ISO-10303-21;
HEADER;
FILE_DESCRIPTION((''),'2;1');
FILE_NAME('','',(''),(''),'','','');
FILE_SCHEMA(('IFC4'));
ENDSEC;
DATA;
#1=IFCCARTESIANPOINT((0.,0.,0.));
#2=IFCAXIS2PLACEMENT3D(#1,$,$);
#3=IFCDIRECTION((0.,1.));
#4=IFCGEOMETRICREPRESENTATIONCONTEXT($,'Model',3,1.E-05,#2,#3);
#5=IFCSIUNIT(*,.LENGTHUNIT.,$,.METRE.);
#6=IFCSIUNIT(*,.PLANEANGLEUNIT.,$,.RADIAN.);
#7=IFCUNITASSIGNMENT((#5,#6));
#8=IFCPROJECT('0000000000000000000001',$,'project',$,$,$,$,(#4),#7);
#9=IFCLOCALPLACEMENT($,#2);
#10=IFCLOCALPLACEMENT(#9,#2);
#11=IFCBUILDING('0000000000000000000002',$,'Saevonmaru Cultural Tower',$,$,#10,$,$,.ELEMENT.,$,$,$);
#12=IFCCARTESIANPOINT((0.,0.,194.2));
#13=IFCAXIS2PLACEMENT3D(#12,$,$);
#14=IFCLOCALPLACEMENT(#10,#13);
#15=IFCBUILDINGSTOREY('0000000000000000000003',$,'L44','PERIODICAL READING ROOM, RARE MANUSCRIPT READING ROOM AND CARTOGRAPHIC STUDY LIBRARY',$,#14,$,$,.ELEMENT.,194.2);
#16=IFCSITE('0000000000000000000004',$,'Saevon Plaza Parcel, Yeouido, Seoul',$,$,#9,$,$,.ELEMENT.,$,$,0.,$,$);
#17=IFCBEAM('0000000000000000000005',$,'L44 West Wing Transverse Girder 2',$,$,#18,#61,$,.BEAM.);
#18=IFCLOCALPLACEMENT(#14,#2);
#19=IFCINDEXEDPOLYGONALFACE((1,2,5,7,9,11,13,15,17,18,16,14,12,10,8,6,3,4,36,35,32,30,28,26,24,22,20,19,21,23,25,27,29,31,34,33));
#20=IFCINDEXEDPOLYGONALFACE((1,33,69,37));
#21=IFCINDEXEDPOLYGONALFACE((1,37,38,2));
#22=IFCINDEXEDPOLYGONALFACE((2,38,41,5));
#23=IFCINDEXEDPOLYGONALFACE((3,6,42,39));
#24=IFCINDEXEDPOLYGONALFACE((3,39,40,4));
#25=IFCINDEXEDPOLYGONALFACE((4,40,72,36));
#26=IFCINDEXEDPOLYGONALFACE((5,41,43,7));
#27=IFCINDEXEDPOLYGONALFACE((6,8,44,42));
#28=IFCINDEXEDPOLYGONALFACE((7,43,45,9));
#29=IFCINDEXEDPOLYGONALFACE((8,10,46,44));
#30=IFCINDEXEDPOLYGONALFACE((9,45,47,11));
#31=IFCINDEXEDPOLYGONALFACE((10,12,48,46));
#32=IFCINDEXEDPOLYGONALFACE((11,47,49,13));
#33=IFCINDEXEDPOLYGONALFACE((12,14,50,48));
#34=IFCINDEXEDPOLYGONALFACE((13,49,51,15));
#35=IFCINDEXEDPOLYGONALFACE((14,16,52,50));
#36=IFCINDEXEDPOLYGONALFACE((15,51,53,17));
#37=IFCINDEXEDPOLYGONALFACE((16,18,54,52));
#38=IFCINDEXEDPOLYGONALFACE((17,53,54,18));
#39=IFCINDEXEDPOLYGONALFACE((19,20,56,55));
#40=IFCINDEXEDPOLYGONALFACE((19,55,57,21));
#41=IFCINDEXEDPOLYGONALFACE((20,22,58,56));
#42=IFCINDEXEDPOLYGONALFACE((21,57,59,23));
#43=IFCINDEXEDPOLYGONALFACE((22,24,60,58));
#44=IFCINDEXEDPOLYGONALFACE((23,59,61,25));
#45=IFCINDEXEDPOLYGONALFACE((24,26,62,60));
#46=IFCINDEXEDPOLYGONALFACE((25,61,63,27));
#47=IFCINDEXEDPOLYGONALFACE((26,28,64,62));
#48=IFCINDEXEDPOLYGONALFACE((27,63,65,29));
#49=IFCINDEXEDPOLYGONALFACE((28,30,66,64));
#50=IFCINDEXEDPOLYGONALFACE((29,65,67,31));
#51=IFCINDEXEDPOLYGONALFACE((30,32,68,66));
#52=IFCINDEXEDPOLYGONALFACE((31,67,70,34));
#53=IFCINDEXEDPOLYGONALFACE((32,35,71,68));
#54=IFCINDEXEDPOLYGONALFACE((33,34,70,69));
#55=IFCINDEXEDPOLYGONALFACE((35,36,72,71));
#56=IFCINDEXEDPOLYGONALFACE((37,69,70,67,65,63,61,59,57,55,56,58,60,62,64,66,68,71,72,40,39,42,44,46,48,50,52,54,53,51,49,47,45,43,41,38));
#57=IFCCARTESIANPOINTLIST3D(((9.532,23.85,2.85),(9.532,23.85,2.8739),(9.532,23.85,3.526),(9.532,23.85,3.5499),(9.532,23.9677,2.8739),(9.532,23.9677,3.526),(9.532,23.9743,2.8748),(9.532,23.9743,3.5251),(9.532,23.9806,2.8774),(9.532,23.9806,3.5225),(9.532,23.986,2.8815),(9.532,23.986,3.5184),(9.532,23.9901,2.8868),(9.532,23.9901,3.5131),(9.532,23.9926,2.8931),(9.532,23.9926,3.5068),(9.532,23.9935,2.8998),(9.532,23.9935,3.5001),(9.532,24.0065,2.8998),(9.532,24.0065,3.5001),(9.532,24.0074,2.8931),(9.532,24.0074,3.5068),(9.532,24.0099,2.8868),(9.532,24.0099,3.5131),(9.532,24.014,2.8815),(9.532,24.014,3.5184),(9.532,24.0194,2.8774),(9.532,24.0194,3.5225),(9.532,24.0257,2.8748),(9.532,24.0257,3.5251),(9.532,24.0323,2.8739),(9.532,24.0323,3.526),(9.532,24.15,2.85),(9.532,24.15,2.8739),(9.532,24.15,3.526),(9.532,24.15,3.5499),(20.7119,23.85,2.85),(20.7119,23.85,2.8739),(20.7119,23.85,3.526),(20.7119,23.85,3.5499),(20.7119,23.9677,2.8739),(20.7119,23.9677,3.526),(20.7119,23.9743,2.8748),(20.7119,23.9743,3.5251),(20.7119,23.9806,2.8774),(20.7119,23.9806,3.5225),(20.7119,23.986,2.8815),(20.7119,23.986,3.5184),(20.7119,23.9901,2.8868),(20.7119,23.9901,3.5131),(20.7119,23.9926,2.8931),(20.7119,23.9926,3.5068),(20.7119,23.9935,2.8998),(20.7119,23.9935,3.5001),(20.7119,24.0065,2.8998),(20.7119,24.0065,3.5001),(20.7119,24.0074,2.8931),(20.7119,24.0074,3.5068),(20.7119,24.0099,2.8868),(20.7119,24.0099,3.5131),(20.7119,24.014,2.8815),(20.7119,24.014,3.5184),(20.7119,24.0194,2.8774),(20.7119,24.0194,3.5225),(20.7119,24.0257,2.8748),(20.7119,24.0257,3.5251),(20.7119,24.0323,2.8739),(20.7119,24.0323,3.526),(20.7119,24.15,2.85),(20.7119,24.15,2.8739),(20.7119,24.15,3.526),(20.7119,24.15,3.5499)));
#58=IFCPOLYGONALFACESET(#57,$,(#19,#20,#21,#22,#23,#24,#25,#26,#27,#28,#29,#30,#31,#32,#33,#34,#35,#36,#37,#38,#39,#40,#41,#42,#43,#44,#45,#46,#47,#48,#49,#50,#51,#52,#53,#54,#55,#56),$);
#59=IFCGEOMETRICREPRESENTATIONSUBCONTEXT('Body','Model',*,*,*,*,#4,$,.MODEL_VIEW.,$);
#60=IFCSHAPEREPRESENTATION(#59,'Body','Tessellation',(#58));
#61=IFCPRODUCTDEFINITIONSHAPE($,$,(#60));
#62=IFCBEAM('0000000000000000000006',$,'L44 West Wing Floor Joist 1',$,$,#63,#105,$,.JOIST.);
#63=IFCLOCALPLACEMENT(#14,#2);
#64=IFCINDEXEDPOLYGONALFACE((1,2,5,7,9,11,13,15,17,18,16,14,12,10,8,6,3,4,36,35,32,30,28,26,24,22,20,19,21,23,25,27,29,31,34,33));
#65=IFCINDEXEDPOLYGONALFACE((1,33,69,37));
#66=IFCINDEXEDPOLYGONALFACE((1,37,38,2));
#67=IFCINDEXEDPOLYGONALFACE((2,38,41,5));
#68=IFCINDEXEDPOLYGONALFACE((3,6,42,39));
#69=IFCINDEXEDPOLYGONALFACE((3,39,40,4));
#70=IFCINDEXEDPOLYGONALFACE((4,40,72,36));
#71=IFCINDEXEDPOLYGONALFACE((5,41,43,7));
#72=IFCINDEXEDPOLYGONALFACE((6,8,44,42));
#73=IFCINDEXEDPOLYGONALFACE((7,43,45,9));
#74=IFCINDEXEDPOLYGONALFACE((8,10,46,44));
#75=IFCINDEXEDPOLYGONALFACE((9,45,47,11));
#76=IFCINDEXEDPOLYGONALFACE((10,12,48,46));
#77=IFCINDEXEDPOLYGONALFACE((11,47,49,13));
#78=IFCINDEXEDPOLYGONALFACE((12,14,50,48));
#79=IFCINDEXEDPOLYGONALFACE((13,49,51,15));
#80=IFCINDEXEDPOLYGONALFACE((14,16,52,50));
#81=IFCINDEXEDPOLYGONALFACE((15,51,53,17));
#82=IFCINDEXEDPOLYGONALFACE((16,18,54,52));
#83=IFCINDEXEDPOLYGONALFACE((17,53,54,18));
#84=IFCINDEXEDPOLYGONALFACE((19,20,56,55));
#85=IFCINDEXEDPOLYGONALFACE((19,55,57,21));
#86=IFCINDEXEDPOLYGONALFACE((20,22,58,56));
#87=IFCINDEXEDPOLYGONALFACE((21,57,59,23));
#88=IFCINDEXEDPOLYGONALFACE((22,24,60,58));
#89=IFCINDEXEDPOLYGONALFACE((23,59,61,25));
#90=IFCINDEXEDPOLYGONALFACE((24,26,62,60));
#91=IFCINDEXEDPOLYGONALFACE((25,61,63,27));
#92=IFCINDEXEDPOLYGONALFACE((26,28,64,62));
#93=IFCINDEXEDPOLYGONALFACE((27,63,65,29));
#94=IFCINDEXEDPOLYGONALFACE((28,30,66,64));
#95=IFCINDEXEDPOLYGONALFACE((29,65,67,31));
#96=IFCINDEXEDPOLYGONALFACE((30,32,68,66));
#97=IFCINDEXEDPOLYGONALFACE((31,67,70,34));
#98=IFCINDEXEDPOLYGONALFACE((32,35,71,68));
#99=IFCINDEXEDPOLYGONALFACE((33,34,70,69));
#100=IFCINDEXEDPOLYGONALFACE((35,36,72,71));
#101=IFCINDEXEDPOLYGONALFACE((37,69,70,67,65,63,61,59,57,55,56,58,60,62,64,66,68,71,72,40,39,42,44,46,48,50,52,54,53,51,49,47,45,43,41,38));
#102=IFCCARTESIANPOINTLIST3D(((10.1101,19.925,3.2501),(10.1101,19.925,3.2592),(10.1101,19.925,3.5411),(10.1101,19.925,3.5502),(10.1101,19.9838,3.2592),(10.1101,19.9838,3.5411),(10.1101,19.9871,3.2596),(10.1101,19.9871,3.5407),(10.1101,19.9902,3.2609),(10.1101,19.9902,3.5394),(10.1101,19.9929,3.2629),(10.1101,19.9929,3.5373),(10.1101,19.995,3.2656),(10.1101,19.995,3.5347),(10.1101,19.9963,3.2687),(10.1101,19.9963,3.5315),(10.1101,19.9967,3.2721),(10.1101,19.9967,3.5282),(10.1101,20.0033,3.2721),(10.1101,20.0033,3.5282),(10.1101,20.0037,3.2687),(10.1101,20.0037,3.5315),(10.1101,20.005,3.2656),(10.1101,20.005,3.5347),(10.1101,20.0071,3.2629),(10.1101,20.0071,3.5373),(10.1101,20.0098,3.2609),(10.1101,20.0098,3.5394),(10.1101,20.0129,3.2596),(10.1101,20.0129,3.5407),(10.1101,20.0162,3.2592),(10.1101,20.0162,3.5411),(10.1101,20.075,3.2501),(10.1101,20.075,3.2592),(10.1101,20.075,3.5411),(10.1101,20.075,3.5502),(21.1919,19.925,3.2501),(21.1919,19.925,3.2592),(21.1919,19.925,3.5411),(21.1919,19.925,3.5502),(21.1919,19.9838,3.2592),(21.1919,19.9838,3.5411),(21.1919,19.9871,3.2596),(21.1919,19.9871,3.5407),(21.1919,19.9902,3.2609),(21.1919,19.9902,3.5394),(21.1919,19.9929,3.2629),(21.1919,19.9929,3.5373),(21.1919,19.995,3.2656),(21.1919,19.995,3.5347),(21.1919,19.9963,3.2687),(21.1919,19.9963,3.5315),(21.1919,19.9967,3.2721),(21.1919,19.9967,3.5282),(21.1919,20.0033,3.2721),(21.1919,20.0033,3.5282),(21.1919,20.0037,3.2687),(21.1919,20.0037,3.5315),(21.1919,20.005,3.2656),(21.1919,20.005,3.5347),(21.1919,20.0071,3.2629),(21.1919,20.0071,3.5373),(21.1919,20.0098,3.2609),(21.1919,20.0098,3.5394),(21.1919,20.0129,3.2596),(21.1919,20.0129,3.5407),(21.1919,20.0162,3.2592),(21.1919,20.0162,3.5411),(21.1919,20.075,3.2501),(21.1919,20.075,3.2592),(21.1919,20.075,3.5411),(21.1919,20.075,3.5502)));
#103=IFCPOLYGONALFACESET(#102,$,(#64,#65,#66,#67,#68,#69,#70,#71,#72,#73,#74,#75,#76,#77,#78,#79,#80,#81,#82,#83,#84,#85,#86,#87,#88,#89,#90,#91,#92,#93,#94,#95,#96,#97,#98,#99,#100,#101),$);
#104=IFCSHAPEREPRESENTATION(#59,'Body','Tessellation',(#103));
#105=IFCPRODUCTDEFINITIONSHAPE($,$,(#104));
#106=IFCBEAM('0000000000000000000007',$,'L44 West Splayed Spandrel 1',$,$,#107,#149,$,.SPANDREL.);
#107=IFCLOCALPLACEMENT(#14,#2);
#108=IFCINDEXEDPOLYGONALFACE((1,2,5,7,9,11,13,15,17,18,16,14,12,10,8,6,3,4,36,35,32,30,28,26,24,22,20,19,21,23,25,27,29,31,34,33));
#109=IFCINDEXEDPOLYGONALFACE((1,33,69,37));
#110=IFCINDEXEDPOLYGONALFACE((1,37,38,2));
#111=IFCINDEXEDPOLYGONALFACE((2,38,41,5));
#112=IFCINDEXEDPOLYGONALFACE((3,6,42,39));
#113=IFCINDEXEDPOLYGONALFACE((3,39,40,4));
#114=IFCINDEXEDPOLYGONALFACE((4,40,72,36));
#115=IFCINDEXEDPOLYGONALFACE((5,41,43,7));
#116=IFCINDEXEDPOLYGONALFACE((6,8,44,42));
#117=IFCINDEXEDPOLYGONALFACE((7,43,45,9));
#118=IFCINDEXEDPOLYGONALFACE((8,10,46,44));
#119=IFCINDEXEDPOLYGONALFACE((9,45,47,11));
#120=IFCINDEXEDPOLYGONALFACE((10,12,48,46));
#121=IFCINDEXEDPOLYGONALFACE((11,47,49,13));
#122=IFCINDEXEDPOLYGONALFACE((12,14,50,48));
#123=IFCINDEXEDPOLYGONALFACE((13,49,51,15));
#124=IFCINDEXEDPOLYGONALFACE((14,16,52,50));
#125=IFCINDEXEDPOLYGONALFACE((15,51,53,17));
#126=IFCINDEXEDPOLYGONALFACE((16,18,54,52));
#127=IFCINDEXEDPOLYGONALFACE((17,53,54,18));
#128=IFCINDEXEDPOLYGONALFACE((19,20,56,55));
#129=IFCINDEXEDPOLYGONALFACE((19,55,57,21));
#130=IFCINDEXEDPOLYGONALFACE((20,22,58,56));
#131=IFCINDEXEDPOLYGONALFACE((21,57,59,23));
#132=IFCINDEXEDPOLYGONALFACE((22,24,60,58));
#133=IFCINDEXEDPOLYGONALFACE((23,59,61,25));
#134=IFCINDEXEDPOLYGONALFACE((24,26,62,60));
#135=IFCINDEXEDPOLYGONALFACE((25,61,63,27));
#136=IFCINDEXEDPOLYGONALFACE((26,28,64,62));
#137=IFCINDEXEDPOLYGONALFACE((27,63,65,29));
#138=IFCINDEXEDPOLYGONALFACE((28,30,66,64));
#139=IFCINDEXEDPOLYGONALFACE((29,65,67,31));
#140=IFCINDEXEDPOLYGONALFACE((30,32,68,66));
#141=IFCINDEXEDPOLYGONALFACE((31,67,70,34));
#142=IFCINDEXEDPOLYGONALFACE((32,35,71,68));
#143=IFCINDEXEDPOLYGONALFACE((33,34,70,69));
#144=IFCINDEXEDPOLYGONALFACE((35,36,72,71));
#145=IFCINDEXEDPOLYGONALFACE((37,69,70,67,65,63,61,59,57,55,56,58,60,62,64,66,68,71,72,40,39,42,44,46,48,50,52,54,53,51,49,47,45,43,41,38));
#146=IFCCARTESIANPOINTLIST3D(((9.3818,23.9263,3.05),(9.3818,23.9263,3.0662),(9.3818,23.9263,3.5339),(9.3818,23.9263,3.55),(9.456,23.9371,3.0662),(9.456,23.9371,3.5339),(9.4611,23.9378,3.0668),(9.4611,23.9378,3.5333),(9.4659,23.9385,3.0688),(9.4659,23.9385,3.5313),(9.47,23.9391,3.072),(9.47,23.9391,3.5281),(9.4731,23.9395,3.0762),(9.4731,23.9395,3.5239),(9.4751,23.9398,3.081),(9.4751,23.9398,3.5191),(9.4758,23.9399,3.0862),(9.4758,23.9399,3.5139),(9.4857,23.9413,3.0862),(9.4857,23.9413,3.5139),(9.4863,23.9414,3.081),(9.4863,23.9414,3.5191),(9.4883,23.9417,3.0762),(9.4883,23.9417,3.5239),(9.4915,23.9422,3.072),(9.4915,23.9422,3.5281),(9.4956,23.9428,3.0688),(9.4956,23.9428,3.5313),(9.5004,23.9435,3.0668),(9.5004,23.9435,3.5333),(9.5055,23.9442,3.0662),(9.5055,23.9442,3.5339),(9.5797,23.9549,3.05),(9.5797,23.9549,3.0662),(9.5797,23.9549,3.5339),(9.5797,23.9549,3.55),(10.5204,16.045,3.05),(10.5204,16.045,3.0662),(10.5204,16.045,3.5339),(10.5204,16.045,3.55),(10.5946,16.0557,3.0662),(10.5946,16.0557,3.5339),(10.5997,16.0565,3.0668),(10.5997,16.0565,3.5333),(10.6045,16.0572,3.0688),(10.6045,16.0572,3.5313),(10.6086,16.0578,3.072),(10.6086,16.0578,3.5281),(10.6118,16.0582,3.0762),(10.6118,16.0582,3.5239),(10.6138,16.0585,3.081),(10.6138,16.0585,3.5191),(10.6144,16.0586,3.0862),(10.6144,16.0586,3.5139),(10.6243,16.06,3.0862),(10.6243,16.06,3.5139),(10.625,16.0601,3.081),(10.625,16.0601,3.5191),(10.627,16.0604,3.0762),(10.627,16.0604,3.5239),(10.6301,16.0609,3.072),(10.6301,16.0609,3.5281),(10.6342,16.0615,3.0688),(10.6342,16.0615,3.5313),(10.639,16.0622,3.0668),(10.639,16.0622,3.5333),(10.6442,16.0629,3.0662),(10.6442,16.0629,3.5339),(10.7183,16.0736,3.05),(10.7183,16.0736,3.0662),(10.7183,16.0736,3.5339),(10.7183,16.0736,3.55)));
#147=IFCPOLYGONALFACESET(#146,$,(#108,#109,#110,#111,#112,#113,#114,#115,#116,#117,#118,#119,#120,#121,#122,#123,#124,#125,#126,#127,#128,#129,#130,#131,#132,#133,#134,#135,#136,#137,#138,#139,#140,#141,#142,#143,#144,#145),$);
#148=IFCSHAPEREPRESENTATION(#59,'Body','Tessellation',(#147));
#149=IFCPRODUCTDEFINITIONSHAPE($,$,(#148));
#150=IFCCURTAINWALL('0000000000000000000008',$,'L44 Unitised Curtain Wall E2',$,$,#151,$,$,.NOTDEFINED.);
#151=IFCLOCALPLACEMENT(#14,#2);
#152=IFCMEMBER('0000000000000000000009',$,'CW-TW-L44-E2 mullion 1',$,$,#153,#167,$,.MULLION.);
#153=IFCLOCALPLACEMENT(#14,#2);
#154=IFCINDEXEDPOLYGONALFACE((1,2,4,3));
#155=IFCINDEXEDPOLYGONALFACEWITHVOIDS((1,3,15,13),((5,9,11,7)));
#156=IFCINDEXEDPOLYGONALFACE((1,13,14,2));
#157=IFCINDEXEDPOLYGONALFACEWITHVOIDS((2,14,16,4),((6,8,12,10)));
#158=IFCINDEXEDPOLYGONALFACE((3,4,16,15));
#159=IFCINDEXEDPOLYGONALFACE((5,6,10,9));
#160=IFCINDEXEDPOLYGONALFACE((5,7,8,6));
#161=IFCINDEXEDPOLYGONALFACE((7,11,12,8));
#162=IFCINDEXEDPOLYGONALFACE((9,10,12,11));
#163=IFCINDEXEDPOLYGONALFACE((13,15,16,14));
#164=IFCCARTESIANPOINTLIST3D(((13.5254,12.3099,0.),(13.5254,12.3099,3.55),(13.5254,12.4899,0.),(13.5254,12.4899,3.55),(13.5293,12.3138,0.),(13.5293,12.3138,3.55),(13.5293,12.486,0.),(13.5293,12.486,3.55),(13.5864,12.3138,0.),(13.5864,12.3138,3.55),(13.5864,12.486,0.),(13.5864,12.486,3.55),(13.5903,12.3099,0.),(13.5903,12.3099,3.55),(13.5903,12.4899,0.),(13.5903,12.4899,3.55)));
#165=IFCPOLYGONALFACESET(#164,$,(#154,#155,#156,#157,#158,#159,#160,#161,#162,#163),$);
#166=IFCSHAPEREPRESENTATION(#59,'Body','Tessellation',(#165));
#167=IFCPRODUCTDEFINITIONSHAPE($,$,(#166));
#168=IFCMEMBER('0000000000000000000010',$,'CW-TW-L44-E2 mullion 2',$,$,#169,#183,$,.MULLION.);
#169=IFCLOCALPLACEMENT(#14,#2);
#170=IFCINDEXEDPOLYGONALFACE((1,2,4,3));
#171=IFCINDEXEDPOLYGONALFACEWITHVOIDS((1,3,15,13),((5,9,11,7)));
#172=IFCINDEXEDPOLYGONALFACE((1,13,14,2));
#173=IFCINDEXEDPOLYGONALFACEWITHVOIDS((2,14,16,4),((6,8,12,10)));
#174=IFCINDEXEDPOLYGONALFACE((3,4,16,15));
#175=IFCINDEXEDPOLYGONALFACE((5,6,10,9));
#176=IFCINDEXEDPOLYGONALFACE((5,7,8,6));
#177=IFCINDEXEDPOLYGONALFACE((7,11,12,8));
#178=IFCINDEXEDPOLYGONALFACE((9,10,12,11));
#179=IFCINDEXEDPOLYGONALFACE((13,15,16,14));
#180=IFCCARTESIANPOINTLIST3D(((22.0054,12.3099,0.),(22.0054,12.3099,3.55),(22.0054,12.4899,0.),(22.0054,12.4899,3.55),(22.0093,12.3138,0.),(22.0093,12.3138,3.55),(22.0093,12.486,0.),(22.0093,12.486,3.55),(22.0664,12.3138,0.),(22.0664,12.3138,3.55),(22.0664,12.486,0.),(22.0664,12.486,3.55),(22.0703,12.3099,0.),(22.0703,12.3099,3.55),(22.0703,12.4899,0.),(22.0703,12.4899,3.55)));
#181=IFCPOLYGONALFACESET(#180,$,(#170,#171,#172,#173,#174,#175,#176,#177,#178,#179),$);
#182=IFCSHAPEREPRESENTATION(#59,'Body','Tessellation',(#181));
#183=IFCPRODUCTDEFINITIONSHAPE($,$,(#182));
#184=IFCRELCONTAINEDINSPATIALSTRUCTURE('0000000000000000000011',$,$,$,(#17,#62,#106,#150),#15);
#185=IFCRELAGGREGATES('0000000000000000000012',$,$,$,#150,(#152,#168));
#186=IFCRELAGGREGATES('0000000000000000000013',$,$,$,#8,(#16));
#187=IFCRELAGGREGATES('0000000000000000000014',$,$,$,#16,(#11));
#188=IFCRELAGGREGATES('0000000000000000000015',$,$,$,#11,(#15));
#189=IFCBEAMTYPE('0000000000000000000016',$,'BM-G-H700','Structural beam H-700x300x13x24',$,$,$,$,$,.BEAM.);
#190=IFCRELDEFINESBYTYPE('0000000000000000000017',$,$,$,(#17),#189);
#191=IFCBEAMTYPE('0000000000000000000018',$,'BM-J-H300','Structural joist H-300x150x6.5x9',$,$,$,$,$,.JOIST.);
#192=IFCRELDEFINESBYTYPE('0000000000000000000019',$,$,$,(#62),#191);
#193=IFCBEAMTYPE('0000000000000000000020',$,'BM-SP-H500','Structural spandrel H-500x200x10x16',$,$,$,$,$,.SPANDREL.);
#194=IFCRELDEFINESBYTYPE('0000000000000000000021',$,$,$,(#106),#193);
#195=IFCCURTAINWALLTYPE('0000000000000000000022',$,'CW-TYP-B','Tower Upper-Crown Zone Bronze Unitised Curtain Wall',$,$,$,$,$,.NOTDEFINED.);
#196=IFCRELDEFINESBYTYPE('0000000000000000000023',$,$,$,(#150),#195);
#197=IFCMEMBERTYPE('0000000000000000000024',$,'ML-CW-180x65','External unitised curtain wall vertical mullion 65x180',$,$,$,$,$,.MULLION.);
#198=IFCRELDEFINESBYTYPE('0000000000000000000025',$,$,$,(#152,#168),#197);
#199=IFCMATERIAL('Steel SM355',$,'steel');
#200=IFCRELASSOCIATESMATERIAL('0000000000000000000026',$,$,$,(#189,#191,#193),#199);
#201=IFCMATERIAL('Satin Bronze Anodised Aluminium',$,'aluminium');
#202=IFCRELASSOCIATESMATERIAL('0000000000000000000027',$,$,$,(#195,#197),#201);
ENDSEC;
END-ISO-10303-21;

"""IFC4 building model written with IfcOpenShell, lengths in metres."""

from ifc_helpers import new_model, si_unit, direction, frame, origin, origin_2d, place, context, subcontext, project, spatial, hollow_rectangle, i_section, extrude, material, material_profile, profile_set, type_object, element, aggregate, save


model = new_model("IFC4")

# Units and contexts
model_context = context("Model", 3, precision=1e-05, world=origin(), true_north=direction((0.0, 1.0)))
body_context = subcontext(model_context, "Body", "Model", "MODEL_VIEW")
ifc_project = project(units=[si_unit("LENGTHUNIT", "METRE"), si_unit("PLANEANGLEUNIT", "RADIAN")], contexts=[model_context])

# Site, building, storey
site_placement = place(None, origin())
site = spatial("IfcSite", under=ifc_project, at=site_placement, Name="Saevon Plaza Parcel, Yeouido, Seoul", CompositionType="ELEMENT", RefElevation=0.0)
building_placement = place(site_placement, origin())
building = spatial("IfcBuilding", under=site, at=building_placement, Name="Saevonmaru Cultural Tower", CompositionType="ELEMENT")
storey_placement = place(building_placement, frame((0.0, 0.0, 194.2)))
storey = spatial("IfcBuildingStorey", under=building, at=storey_placement, Name="L44", Description="PERIODICAL READING ROOM, RARE MANUSCRIPT READING ROOM AND CARTOGRAPHIC STUDY LIBRARY", CompositionType="ELEMENT", Elevation=194.2)

# Shared definitions
ifc_material_1 = material(Name="Steel SM355", Category="steel")

# Beams
ifc_material_profile_1 = material_profile(ifc_material_1, i_section(OverallWidth=0.3, OverallDepth=0.7, WebThickness=0.0129, FlangeThickness=0.0239, FilletRadius=0.0259, at=origin_2d()), Name="H-700x300x13x24")
ifc_profile_set_1 = profile_set([ifc_material_profile_1], Name="Steel SM355")
beam_type_1 = type_object("IfcBeamType", Name="BM-G-H700", Description="Structural beam H-700x300x13x24", PredefinedType="BEAM", material=ifc_profile_set_1)
for number, where, z_axis, x_axis, name in (
    (1, (9.532, 24.0, 3.2), (1.0, 0.0, 0.0), (0.0, 1.0, 0.0), "L44 West Wing Transverse Girder 2"),
):
    element("IfcBeam", number, at=place(storey_placement, frame(where, z_axis=z_axis, x_axis=x_axis)), inside=storey, type_object=beam_type_1, Name=name, PredefinedType="BEAM", context=body_context, shape_type="SweptSolid", body=[
        extrude(i_section(OverallWidth=0.3, OverallDepth=0.7, WebThickness=0.0129, FlangeThickness=0.0239, FilletRadius=0.0259, at=origin_2d()), origin(), (0.0, 0.0, 1.0), 11.1799),
    ])
ifc_material_profile_2 = material_profile(ifc_material_1, i_section(OverallWidth=0.1499, OverallDepth=0.3, WebThickness=0.0066, FlangeThickness=0.009, FilletRadius=0.0129, at=origin_2d()), Name="H-300x150x6.5x9")
ifc_profile_set_2 = profile_set([ifc_material_profile_2], Name="Steel SM355")
beam_type_2 = type_object("IfcBeamType", Name="BM-J-H300", Description="Structural joist H-300x150x6.5x9", PredefinedType="JOIST", material=ifc_profile_set_2)
beam_1_placement = place(storey_placement, frame((10.1101, 20.0, 3.4001), z_axis=(1.0, 0.0, 0.0), x_axis=(0.0, 1.0, 0.0)))
element("IfcBeam", 2, at=beam_1_placement, inside=storey, type_object=beam_type_2, Name="L44 West Wing Floor Joist 1", PredefinedType="JOIST", context=body_context, shape_type="SweptSolid", body=[
    extrude(i_section(OverallWidth=0.1499, OverallDepth=0.3, WebThickness=0.0066, FlangeThickness=0.009, FilletRadius=0.0129, at=origin_2d()), origin(), (0.0, 0.0, 1.0), 11.0818),
])
ifc_material_profile_3 = material_profile(ifc_material_1, i_section(OverallWidth=0.2, OverallDepth=0.5, WebThickness=0.01, FlangeThickness=0.0161, FilletRadius=0.02, at=origin_2d()), Name="H-500x200x10x16")
ifc_profile_set_3 = profile_set([ifc_material_profile_3], Name="Steel SM355")
beam_type_3 = type_object("IfcBeamType", Name="BM-SP-H500", Description="Structural spandrel H-500x200x10x16", PredefinedType="SPANDREL", material=ifc_profile_set_3)
beam_2_placement = place(storey_placement, frame((10.6194, 16.0593, 3.3), z_axis=(-0.142992, 0.989724, 0.0), x_axis=(-0.989724, -0.142992, 0.0)))
element("IfcBeam", 3, at=beam_2_placement, inside=storey, type_object=beam_type_3, Name="L44 West Splayed Spandrel 1", PredefinedType="SPANDREL", context=body_context, shape_type="SweptSolid", body=[
    extrude(i_section(OverallWidth=0.2, OverallDepth=0.5, WebThickness=0.01, FlangeThickness=0.0161, FilletRadius=0.02, at=origin_2d()), origin(), (0.0, 0.0, 1.0), 7.9631),
])

# Curtain wall, members
ifc_material_2 = material(Name="Satin Bronze Anodised Aluminium", Category="aluminium")
curtain_wall_type = type_object("IfcCurtainWallType", Name="CW-TYP-B", Description="Tower Upper-Crown Zone Bronze Unitised Curtain Wall", PredefinedType="NOTDEFINED", material=ifc_material_2)
curtain_wall_1_placement = place(storey_placement, origin())
curtain_wall_1 = element("IfcCurtainWall", 4, at=curtain_wall_1_placement, inside=storey, type_object=curtain_wall_type, Name="L44 Unitised Curtain Wall E2", PredefinedType="NOTDEFINED")
ifc_material_profile_4 = material_profile(ifc_material_2, hollow_rectangle(XDim=0.0649, YDim=0.1799, WallThickness=0.0039, at=origin_2d()), Name="ALU-MULL-180x65x4")
ifc_profile_set_4 = profile_set([ifc_material_profile_4], Name="Satin Bronze Anodised Aluminium")
member_type_1 = type_object("IfcMemberType", Name="ML-CW-180x65", Description="External unitised curtain wall vertical mullion 65x180", PredefinedType="MULLION", material=ifc_profile_set_4)
member_1_placement = place(storey_placement, frame((13.5579, 12.3999, 0.0), z_axis=(0.0, 0.0, 1.0), x_axis=(1.0, 0.0, 0.0)))
member_1 = element("IfcMember", 5, at=member_1_placement, type_object=member_type_1, Name="CW-TW-L44-E2 mullion 1", PredefinedType="MULLION", context=body_context, shape_type="SweptSolid", body=[
    extrude(hollow_rectangle(XDim=0.0649, YDim=0.1799, WallThickness=0.0039, at=origin_2d()), origin(), (0.0, 0.0, 1.0), 3.55),
])
member_2_placement = place(storey_placement, frame((22.0378, 12.3999, 0.0), z_axis=(0.0, 0.0, 1.0), x_axis=(1.0, 0.0, 0.0)))
member_2 = element("IfcMember", 6, at=member_2_placement, type_object=member_type_1, Name="CW-TW-L44-E2 mullion 2", PredefinedType="MULLION", context=body_context, shape_type="SweptSolid", body=[
    extrude(hollow_rectangle(XDim=0.0649, YDim=0.1799, WallThickness=0.0039, at=origin_2d()), origin(), (0.0, 0.0, 1.0), 3.55),
])

aggregate(curtain_wall_1, [member_1, member_2])

save(model, "model.ifc")
